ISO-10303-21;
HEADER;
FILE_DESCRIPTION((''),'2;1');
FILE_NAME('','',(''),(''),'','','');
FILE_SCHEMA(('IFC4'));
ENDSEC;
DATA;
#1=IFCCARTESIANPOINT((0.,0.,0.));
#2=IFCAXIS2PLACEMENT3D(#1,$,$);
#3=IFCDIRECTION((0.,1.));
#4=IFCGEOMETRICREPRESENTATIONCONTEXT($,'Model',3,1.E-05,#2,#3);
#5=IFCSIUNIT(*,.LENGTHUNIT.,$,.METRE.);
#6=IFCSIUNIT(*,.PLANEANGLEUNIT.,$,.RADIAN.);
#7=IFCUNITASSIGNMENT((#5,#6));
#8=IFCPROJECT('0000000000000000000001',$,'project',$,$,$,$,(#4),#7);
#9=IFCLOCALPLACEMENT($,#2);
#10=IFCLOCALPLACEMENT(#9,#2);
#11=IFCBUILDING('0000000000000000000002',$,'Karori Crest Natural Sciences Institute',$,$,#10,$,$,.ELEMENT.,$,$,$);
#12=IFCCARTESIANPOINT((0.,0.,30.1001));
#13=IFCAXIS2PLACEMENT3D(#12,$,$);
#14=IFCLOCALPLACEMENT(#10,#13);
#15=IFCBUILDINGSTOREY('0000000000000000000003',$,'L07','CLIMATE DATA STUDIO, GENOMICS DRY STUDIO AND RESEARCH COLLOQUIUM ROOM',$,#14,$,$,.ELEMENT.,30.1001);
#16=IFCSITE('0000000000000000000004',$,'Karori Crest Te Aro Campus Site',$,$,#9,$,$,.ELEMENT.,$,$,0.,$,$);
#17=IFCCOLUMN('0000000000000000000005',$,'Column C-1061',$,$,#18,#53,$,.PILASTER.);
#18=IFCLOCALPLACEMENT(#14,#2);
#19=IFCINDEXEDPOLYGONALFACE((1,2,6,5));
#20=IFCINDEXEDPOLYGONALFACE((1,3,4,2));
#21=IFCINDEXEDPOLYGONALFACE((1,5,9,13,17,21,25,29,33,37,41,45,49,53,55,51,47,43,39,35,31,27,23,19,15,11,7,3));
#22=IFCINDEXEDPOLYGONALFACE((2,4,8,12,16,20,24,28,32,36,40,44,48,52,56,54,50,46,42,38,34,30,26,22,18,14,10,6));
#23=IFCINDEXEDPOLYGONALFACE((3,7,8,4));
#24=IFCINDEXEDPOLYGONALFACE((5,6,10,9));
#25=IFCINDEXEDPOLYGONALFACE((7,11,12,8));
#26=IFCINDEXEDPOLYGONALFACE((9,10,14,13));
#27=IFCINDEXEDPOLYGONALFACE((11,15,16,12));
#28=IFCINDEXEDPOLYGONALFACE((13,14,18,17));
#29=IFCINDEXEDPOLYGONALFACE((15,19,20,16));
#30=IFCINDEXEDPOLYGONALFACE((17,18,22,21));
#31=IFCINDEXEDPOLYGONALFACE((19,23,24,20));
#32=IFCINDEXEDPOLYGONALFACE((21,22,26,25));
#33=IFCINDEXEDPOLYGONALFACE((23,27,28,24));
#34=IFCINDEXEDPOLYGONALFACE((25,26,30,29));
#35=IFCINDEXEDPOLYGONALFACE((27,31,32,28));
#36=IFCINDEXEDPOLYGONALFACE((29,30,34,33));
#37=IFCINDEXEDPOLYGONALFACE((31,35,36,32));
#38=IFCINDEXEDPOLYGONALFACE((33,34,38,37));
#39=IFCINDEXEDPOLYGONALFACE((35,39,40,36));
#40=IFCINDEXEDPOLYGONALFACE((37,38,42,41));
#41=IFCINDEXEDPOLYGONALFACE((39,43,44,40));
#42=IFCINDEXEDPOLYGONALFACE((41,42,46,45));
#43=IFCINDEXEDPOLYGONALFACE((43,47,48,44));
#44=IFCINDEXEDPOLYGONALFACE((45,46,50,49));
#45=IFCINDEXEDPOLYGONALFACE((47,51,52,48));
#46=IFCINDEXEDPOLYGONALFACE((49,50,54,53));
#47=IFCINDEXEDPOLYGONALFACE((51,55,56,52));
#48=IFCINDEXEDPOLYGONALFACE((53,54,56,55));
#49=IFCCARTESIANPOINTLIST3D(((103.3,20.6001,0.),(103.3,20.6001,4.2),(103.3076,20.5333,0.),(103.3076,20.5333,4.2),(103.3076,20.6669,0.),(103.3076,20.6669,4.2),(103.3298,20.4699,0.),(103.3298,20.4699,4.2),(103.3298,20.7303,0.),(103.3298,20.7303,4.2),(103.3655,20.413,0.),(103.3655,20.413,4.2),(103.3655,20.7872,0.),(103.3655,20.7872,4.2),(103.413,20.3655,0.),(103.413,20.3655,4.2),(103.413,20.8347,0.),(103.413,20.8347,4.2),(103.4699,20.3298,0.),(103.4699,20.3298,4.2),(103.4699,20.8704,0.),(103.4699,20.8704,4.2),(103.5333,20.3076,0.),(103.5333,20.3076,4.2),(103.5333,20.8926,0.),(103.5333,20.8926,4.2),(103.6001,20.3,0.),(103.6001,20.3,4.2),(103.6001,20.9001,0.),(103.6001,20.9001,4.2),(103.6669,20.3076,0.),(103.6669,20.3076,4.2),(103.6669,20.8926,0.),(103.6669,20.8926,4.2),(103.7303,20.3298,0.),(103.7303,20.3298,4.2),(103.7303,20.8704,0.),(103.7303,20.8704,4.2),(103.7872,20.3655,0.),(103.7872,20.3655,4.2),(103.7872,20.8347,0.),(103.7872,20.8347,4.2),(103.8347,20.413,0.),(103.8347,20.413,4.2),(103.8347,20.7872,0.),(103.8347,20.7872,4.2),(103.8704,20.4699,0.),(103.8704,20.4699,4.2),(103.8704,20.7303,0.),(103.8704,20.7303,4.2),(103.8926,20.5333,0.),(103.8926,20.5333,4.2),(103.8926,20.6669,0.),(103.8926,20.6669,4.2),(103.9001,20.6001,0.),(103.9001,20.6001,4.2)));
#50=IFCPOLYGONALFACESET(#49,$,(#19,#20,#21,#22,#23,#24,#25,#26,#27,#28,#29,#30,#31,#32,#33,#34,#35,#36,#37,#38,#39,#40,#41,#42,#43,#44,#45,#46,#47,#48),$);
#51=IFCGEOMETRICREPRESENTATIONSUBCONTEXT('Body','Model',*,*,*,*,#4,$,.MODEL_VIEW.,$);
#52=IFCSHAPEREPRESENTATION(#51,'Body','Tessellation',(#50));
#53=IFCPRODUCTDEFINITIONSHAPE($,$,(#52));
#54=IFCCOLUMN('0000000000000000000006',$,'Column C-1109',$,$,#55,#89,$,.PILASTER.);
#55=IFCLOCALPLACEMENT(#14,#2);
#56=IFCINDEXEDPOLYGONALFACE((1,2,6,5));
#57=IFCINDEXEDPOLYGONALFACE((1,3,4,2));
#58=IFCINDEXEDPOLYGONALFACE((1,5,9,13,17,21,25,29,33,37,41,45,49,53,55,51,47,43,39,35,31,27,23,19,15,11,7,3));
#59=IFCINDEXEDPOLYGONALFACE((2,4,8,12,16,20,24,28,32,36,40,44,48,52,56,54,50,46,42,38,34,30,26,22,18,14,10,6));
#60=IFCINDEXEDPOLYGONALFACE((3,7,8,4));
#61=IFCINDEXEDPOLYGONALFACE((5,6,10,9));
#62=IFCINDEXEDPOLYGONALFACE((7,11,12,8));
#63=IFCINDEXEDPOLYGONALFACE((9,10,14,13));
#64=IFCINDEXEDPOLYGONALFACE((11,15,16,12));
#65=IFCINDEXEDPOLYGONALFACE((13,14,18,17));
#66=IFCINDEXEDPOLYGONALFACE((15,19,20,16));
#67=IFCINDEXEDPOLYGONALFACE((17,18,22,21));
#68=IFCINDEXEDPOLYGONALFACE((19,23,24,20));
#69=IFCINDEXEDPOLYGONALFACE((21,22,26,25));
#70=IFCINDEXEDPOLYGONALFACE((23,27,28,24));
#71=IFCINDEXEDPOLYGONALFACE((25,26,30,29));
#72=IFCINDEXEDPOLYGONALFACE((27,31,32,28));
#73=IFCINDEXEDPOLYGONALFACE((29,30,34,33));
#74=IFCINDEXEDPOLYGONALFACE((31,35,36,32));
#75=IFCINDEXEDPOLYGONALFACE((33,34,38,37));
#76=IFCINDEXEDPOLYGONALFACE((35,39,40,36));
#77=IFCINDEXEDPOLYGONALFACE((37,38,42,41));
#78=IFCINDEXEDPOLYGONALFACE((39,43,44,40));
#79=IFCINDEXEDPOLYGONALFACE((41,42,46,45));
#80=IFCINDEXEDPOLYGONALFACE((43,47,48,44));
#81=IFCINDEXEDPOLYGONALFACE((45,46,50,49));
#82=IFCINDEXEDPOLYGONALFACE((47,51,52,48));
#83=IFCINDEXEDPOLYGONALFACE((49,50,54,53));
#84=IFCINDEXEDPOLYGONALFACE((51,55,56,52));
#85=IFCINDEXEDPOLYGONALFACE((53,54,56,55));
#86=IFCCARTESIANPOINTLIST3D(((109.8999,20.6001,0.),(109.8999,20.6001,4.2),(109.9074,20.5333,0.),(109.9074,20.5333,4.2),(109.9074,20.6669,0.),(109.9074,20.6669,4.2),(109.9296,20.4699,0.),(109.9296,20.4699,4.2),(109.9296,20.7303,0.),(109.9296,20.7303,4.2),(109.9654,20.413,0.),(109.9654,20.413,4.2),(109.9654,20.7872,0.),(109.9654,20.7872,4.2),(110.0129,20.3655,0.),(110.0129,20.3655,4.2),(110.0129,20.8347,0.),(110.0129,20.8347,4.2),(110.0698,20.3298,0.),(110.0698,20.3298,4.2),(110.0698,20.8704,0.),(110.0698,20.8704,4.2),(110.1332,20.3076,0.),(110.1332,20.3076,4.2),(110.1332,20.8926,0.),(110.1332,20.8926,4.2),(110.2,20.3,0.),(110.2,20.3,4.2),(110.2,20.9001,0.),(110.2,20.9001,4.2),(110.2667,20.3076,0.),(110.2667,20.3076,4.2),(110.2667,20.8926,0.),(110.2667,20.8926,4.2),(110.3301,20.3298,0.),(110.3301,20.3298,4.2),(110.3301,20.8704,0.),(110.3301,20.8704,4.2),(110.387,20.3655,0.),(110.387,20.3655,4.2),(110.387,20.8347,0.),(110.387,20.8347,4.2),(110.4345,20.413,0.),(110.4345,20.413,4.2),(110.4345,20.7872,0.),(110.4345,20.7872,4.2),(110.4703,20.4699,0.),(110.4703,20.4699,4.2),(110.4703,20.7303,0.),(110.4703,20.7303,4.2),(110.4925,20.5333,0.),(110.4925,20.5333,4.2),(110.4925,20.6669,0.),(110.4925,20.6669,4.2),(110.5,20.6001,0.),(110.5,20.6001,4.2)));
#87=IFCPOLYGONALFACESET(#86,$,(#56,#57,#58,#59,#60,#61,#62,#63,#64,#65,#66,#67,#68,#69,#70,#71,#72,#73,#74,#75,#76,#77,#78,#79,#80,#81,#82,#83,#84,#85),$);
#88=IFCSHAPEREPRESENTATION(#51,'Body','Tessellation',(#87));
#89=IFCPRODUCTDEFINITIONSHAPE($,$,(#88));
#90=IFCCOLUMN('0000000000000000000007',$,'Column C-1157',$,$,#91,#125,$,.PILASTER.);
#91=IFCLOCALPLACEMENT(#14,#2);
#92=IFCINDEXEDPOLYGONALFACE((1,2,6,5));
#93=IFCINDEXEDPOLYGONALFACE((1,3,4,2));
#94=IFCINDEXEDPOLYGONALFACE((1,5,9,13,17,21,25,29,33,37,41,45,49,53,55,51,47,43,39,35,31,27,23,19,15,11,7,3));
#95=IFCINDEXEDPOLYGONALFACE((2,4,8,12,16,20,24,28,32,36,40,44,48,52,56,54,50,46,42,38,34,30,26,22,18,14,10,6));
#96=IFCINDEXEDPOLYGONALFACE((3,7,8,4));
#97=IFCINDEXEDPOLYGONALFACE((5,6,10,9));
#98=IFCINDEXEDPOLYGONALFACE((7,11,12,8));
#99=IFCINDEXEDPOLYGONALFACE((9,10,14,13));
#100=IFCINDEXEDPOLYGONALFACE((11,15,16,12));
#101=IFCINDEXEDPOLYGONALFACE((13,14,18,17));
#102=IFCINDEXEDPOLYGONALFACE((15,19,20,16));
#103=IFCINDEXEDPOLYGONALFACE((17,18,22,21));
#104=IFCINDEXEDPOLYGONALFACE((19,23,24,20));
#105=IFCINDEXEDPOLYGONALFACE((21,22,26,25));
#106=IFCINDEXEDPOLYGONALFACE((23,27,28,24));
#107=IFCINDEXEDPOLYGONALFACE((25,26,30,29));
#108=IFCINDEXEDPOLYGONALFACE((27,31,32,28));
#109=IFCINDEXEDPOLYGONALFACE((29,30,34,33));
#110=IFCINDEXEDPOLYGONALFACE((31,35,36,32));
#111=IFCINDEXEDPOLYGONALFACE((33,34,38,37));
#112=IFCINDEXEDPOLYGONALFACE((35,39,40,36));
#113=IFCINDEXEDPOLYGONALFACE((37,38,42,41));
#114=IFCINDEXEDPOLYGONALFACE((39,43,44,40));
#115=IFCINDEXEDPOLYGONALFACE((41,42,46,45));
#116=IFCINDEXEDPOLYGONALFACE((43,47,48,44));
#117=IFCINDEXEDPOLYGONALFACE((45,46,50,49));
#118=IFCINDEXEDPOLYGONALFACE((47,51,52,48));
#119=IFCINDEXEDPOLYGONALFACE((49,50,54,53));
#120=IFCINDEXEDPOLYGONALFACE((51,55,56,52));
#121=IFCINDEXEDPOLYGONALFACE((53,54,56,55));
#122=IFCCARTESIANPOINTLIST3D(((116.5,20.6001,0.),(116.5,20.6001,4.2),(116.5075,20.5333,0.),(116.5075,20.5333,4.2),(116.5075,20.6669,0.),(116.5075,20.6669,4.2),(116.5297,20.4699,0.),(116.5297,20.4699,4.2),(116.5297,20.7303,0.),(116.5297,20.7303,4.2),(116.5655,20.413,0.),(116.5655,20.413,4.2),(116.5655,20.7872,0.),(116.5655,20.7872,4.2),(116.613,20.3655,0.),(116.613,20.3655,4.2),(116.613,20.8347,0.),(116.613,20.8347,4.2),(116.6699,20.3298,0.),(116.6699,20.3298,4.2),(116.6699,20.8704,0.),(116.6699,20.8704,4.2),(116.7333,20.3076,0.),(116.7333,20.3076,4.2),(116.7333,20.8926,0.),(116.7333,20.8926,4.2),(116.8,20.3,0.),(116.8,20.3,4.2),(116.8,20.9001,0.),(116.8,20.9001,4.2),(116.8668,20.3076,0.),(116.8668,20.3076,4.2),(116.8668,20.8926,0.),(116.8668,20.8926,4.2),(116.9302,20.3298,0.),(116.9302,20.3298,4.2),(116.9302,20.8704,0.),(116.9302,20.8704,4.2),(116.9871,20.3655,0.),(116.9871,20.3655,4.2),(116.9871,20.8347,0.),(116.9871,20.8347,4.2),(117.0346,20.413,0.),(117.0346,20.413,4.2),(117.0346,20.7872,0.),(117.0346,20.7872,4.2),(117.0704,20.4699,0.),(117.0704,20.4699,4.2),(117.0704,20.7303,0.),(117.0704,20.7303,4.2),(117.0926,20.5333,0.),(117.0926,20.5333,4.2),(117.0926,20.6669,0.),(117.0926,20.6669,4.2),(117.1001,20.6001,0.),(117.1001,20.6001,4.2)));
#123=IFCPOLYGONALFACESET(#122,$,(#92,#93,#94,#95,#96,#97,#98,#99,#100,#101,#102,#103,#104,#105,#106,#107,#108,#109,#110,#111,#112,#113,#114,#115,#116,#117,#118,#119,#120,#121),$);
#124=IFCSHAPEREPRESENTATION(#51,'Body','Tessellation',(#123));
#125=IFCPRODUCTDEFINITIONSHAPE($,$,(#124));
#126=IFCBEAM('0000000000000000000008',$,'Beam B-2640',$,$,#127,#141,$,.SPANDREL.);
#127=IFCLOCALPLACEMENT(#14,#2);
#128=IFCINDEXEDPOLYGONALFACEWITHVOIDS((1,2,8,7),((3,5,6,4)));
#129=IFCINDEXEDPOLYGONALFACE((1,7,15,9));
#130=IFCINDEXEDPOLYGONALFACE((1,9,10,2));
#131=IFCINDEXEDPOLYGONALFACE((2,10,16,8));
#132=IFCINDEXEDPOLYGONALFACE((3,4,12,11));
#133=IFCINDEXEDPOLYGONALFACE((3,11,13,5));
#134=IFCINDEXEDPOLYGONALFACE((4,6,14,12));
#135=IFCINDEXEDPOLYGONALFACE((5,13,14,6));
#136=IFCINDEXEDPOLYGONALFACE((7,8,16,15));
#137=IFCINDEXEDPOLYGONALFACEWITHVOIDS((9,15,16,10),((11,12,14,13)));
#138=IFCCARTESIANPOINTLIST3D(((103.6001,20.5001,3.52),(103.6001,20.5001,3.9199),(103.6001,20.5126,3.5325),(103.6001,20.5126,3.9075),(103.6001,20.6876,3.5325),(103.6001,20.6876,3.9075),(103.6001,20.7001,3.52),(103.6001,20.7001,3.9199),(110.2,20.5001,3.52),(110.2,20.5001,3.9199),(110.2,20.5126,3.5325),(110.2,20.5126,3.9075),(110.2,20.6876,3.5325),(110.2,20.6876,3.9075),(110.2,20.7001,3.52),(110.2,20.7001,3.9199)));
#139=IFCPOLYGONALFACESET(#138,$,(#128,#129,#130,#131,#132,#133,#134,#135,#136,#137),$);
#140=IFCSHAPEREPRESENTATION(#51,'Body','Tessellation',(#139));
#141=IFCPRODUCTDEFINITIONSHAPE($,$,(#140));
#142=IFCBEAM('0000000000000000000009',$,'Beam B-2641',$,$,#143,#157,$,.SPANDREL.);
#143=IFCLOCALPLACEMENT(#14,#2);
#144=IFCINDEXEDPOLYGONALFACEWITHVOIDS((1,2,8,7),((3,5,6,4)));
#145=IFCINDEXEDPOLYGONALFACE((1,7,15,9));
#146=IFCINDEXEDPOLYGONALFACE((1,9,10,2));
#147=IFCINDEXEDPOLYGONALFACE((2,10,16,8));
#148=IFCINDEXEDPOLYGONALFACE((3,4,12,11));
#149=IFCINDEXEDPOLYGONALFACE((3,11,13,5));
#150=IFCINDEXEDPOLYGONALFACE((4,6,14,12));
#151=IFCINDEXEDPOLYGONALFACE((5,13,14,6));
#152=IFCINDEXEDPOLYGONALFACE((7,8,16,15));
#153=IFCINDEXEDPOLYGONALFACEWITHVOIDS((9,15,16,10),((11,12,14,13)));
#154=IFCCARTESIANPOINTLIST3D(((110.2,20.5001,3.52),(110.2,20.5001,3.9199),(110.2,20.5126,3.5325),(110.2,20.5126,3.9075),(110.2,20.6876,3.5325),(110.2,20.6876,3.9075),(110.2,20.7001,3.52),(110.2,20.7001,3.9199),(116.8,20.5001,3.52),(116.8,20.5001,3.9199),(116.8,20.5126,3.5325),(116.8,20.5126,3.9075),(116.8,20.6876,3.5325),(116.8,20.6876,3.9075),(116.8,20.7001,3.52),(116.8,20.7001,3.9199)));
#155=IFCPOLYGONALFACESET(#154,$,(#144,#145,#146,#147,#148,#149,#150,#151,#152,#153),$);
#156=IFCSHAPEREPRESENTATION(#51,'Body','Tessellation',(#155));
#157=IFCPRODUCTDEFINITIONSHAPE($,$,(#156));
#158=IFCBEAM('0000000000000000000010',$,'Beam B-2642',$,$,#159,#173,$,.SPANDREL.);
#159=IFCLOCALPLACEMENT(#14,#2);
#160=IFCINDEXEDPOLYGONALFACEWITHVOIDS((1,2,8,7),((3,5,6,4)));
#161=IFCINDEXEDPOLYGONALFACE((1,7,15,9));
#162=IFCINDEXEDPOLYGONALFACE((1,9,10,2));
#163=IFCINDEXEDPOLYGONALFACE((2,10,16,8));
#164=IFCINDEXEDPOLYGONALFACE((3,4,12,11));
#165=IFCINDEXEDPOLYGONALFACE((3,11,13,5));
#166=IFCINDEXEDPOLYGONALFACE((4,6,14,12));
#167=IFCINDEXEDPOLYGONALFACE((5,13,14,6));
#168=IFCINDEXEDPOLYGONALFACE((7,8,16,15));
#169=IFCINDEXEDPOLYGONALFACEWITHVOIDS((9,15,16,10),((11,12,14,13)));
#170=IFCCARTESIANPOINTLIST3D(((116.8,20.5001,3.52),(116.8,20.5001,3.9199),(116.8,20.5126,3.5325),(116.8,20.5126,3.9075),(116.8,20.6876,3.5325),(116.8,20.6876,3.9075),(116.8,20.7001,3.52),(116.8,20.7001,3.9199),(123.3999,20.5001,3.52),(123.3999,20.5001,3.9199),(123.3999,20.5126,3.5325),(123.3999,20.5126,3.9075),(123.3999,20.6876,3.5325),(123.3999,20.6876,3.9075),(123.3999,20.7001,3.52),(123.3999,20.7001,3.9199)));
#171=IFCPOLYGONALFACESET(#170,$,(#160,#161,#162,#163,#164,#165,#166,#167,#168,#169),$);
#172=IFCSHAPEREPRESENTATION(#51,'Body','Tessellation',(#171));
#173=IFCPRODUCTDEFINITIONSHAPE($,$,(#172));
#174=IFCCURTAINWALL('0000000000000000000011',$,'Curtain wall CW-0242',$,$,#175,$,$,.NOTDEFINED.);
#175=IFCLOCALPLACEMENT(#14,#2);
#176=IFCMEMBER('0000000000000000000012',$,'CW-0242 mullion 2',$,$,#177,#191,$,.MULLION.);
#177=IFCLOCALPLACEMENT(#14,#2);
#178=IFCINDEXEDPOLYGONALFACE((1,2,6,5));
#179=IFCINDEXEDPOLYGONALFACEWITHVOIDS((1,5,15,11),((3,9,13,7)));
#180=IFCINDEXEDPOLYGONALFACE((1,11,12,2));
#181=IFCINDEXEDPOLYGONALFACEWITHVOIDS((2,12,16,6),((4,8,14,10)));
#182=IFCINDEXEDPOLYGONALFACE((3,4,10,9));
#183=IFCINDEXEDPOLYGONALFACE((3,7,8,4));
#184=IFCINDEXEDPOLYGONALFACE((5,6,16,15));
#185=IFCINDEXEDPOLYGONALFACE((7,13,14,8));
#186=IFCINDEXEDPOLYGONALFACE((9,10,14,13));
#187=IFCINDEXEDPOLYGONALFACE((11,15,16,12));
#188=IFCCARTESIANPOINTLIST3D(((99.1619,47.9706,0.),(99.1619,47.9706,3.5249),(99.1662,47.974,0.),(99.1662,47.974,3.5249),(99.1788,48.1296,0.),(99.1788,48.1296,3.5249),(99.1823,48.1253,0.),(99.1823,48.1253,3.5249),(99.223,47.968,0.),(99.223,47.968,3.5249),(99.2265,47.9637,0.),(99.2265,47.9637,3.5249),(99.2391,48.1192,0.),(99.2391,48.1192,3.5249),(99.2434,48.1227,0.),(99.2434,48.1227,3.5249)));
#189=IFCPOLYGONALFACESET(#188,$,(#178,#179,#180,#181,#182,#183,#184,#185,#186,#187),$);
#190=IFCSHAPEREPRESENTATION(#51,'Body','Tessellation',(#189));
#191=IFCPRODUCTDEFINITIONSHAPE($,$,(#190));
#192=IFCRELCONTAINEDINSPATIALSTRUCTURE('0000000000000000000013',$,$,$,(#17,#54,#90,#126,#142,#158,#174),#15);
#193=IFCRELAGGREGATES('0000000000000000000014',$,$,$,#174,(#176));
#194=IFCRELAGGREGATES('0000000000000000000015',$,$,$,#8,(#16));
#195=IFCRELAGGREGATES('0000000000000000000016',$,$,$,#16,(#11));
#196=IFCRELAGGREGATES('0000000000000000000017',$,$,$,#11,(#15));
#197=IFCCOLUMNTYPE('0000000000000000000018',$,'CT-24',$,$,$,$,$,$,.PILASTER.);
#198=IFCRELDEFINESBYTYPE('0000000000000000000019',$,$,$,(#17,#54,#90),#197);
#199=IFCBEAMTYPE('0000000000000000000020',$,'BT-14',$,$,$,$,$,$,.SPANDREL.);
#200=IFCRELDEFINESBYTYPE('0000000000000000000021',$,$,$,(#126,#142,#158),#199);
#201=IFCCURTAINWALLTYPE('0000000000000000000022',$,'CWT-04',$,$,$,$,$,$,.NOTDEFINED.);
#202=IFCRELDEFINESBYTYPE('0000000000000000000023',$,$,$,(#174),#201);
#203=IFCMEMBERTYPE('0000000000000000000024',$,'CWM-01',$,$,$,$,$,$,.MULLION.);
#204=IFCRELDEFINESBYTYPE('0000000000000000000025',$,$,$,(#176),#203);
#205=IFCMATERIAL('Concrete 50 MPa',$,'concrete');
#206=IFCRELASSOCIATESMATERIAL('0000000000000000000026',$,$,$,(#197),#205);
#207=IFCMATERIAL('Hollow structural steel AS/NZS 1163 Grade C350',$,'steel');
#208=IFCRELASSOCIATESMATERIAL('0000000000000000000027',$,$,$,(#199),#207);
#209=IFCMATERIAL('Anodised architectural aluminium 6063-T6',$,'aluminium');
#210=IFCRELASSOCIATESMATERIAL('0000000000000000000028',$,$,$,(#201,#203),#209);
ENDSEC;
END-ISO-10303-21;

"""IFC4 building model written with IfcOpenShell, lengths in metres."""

from ifc_helpers import new_model, si_unit, direction, frame, origin, origin_2d, place, context, subcontext, project, spatial, hollow_rectangle, circle, extrude, material, material_profile, profile_set, type_object, element, aggregate, save


model = new_model("IFC4")

# Units and contexts
model_context = context("Model", 3, precision=1e-05, world=origin(), true_north=direction((0.0, 1.0)))
body_context = subcontext(model_context, "Body", "Model", "MODEL_VIEW")
ifc_project = project(units=[si_unit("LENGTHUNIT", "METRE"), si_unit("PLANEANGLEUNIT", "RADIAN")], contexts=[model_context])

# Site, building, storey
site_placement = place(None, origin())
site = spatial("IfcSite", under=ifc_project, at=site_placement, Name="Karori Crest Te Aro Campus Site", CompositionType="ELEMENT", RefElevation=0.0)
building_placement = place(site_placement, origin())
building = spatial("IfcBuilding", under=site, at=building_placement, Name="Karori Crest Natural Sciences Institute", CompositionType="ELEMENT")
storey_placement = place(building_placement, frame((0.0, 0.0, 30.1001)))
storey = spatial("IfcBuildingStorey", under=building, at=storey_placement, Name="L07", Description="CLIMATE DATA STUDIO, GENOMICS DRY STUDIO AND RESEARCH COLLOQUIUM ROOM", CompositionType="ELEMENT", Elevation=30.1001)

# Columns
ifc_material_1 = material(Name="Concrete 50 MPa", Category="concrete")
ifc_material_profile_1 = material_profile(ifc_material_1, circle(Radius=0.3, at=origin_2d()), Name="RCC600")
ifc_profile_set_1 = profile_set([ifc_material_profile_1], Name="Concrete 50 MPa")
column_type = type_object("IfcColumnType", Name="CT-24", PredefinedType="PILASTER", material=ifc_profile_set_1)
for number, where, z_axis, x_axis, name in (
    (1, (103.6001, 20.6001, 0.0), (0.0, 0.0, 1.0), (1.0, 0.0, 0.0), "Column C-1061"),
    (2, (110.2, 20.6001, 0.0), (0.0, 0.0, 1.0), (1.0, 0.0, 0.0), "Column C-1109"),
    (3, (116.8, 20.6001, 0.0), (0.0, 0.0, 1.0), (1.0, 0.0, 0.0), "Column C-1157"),
):
    element("IfcColumn", number, at=place(storey_placement, frame(where, z_axis=z_axis, x_axis=x_axis)), inside=storey, type_object=column_type, Name=name, PredefinedType="PILASTER", context=body_context, shape_type="SweptSolid", body=[
        extrude(circle(Radius=0.3, at=origin_2d()), origin(), (0.0, 0.0, 1.0), 4.2),
    ])

# Beams
ifc_material_2 = material(Name="Hollow structural steel AS/NZS 1163 Grade C350", Category="steel")
ifc_material_profile_2 = material_profile(ifc_material_2, hollow_rectangle(XDim=0.2, YDim=0.3999, WallThickness=0.0125, at=origin_2d()), Name="RHS400x200x12.5")
ifc_profile_set_2 = profile_set([ifc_material_profile_2], Name="Hollow structural steel AS/NZS 1163 Grade C350")
beam_type = type_object("IfcBeamType", Name="BT-14", PredefinedType="SPANDREL", material=ifc_profile_set_2)
beam_1_placement = place(storey_placement, frame((103.6001, 20.6001, 3.72), z_axis=(1.0, 0.0, 0.0), x_axis=(0.0, 1.0, 0.0)))
element("IfcBeam", 4, at=beam_1_placement, inside=storey, type_object=beam_type, Name="Beam B-2640", PredefinedType="SPANDREL", context=body_context, shape_type="SweptSolid", body=[
    extrude(hollow_rectangle(XDim=0.2, YDim=0.3999, WallThickness=0.0125, at=origin_2d()), origin(), (0.0, 0.0, 1.0), 6.5999),
])
beam_2_placement = place(storey_placement, frame((110.2, 20.6001, 3.72), z_axis=(1.0, 0.0, 0.0), x_axis=(0.0, 1.0, 0.0)))
element("IfcBeam", 5, at=beam_2_placement, inside=storey, type_object=beam_type, Name="Beam B-2641", PredefinedType="SPANDREL", context=body_context, shape_type="SweptSolid", body=[
    extrude(hollow_rectangle(XDim=0.2, YDim=0.3999, WallThickness=0.0125, at=origin_2d()), origin(), (0.0, 0.0, 1.0), 6.6001),
])
beam_3_placement = place(storey_placement, frame((116.8, 20.6001, 3.72), z_axis=(1.0, 0.0, 0.0), x_axis=(0.0, 1.0, 0.0)))
element("IfcBeam", 6, at=beam_3_placement, inside=storey, type_object=beam_type, Name="Beam B-2642", PredefinedType="SPANDREL", context=body_context, shape_type="SweptSolid", body=[
    extrude(hollow_rectangle(XDim=0.2, YDim=0.3999, WallThickness=0.0125, at=origin_2d()), origin(), (0.0, 0.0, 1.0), 6.5999),
])

# Curtain wall, member
ifc_material_3 = material(Name="Anodised architectural aluminium 6063-T6", Category="aluminium")
curtain_wall_type = type_object("IfcCurtainWallType", Name="CWT-04", PredefinedType="NOTDEFINED", material=ifc_material_3)
curtain_wall_placement = place(storey_placement, origin())
curtain_wall = element("IfcCurtainWall", 7, at=curtain_wall_placement, inside=storey, type_object=curtain_wall_type, Name="Curtain wall CW-0242", PredefinedType="NOTDEFINED")
ifc_material_profile_3 = material_profile(ifc_material_3, hollow_rectangle(XDim=0.0649, YDim=0.1599, WallThickness=0.0039, at=origin_2d()), Name="CWM160x65x4")
ifc_profile_set_3 = profile_set([ifc_material_profile_3], Name="Anodised architectural aluminium 6063-T6")
member_type_1 = type_object("IfcMemberType", Name="CWM-01", PredefinedType="MULLION", material=ifc_profile_set_3)
member_1_placement = place(storey_placement, frame((99.2026, 48.0466, 0.0), z_axis=(0.0, 0.0, 1.0), x_axis=(0.994378, -0.105886, 0.0)))
member_1 = element("IfcMember", 8, at=member_1_placement, type_object=member_type_1, Name="CW-0242 mullion 2", PredefinedType="MULLION", context=body_context, shape_type="SweptSolid", body=[
    extrude(hollow_rectangle(XDim=0.0649, YDim=0.1599, WallThickness=0.0039, at=origin_2d()), origin(), (0.0, 0.0, 1.0), 3.5249),
])
aggregate(curtain_wall, [member_1])

save(model, "model.ifc")
